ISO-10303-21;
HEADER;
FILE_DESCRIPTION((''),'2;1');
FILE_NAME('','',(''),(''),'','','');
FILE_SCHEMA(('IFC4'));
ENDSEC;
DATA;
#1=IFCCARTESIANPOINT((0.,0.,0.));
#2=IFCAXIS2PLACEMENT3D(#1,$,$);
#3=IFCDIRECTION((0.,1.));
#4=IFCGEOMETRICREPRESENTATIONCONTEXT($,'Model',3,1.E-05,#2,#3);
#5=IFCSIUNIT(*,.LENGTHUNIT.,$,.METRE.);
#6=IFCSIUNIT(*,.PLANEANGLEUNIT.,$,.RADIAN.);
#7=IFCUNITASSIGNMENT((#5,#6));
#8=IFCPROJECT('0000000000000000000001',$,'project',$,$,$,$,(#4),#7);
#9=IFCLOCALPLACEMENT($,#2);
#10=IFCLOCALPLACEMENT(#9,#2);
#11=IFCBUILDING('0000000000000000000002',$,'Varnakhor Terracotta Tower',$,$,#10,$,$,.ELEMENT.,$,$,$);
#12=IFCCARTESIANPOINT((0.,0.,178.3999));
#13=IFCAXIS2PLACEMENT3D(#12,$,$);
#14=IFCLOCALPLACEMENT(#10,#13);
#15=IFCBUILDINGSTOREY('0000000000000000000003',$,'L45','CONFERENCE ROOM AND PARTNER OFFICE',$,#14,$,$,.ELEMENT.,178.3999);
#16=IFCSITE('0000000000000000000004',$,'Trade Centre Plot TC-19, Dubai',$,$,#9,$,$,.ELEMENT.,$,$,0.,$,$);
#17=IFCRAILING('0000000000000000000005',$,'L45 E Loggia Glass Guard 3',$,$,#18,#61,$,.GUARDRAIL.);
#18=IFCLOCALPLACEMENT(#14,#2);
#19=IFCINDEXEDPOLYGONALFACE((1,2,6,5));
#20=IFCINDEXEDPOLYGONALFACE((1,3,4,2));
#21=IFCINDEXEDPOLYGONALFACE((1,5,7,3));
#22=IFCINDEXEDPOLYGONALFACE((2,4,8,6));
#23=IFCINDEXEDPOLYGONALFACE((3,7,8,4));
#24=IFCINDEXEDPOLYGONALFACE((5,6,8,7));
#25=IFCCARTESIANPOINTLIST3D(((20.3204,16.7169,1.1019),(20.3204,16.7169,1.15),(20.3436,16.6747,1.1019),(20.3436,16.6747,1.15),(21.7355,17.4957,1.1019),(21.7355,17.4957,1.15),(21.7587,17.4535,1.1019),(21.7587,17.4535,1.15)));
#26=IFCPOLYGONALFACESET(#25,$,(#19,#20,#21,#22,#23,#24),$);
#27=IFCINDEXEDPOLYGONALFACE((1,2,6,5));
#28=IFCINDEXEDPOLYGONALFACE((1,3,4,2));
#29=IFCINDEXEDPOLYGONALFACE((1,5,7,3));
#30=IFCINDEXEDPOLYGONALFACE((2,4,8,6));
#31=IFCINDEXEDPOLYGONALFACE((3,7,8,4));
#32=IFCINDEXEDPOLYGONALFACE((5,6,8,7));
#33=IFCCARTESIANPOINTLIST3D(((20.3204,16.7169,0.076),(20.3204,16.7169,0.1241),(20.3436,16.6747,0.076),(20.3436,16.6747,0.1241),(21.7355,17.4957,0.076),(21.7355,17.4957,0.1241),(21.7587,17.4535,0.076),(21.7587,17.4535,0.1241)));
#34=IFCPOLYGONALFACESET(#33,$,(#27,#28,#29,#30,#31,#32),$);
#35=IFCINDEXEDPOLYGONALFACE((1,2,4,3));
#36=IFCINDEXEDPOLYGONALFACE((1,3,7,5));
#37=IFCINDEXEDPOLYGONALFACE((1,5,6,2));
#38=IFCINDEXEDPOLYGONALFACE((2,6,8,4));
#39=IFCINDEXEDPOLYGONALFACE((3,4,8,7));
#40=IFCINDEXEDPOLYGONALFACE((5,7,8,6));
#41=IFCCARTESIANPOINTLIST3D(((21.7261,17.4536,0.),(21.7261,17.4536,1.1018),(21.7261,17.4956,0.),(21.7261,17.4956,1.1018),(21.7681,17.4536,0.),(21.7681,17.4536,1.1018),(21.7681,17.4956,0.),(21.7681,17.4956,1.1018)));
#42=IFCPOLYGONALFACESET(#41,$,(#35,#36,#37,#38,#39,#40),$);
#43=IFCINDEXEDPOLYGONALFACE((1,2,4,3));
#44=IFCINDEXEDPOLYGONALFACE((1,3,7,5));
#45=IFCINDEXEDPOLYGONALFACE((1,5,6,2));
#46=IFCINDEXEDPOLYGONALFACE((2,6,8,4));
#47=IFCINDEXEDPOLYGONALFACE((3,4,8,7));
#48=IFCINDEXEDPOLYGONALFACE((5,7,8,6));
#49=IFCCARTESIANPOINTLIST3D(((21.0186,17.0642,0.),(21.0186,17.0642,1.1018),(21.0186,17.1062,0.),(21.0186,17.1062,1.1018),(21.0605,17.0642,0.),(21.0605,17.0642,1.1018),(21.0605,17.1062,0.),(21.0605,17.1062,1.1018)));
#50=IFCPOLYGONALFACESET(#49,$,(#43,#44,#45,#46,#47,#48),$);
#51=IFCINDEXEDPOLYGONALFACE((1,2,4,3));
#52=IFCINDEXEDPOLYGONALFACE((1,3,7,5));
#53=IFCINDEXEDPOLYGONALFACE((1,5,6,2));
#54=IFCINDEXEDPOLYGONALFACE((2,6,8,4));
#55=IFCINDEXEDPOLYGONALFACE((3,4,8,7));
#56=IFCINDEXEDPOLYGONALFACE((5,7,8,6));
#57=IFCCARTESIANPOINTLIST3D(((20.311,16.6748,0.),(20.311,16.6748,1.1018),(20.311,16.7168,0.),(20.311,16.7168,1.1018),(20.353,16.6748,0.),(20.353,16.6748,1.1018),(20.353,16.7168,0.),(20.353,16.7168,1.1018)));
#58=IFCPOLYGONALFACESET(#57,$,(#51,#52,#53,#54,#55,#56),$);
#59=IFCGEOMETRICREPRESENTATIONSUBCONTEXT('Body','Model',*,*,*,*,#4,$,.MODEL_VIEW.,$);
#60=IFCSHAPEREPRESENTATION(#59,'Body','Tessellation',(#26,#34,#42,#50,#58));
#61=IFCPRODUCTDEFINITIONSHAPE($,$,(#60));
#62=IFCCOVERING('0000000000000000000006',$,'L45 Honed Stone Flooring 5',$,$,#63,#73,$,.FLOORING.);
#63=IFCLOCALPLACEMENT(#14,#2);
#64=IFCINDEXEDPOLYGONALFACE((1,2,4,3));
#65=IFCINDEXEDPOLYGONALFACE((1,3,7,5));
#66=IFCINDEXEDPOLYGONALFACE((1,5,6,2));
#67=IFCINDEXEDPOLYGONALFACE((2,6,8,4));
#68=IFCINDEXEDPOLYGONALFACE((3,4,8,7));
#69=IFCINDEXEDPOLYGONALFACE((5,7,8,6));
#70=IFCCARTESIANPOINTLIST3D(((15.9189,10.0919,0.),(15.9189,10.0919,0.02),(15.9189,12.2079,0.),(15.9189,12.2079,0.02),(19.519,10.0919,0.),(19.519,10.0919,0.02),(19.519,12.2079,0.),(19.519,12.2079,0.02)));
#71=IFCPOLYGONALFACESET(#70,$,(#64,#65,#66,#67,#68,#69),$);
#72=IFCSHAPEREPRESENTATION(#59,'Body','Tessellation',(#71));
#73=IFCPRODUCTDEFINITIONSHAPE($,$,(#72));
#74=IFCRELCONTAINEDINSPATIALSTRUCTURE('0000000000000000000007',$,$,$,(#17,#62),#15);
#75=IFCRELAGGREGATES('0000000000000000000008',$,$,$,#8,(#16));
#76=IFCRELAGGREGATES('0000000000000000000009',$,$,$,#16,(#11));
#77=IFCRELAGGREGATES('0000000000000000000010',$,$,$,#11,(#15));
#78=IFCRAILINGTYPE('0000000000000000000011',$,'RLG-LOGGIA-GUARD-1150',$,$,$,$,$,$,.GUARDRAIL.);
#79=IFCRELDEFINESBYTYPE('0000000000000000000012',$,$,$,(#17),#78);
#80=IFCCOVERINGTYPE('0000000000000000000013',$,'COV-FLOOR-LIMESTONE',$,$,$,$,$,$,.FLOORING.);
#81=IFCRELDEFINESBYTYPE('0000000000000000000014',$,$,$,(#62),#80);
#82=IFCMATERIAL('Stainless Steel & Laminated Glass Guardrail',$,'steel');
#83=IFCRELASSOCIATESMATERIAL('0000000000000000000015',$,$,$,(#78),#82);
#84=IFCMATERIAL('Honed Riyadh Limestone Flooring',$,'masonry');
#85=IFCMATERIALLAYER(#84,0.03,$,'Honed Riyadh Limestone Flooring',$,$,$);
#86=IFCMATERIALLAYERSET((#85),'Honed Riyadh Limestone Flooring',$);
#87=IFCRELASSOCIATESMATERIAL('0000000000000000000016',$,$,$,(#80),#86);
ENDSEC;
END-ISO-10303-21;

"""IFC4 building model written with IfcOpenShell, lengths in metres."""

from ifc_helpers import new_model, si_unit, direction, frame, origin, origin_2d, place, context, subcontext, project, spatial, rectangle, extrude, source, transform, mapped, material, layer, layer_set, type_object, element, save


model = new_model("IFC4")

# Units and contexts
model_context = context("Model", 3, precision=1e-05, world=origin(), true_north=direction((0.0, 1.0)))
body_context = subcontext(model_context, "Body", "Model", "MODEL_VIEW")
ifc_project = project(units=[si_unit("LENGTHUNIT", "METRE"), si_unit("PLANEANGLEUNIT", "RADIAN")], contexts=[model_context])

# Site, building, storey
site_placement = place(None, origin())
site = spatial("IfcSite", under=ifc_project, at=site_placement, Name="Trade Centre Plot TC-19, Dubai", CompositionType="ELEMENT", RefElevation=0.0)
building_placement = place(site_placement, origin())
building = spatial("IfcBuilding", under=site, at=building_placement, Name="Varnakhor Terracotta Tower", CompositionType="ELEMENT")
storey_placement = place(building_placement, frame((0.0, 0.0, 178.3999)))
storey = spatial("IfcBuildingStorey", under=building, at=storey_placement, Name="L45", Description="CONFERENCE ROOM AND PARTNER OFFICE", CompositionType="ELEMENT", Elevation=178.3999)

# Railing
ifc_material_1 = material(Name="Stainless Steel & Laminated Glass Guardrail", Category="steel")
railing_type = type_object("IfcRailingType", Name="RLG-LOGGIA-GUARD-1150", PredefinedType="GUARDRAIL", material=ifc_material_1)
railing_placement = place(storey_placement, frame((21.7471, 17.4746, 0.0)))
element("IfcRailing", 1, at=railing_placement, inside=storey, type_object=railing_type, Name="L45 E Loggia Glass Guard 3", PredefinedType="GUARDRAIL", context=body_context, shape_type="SweptSolid", body=[
    extrude(rectangle(XDim=0.0481, YDim=0.0481, at=origin_2d()), frame((0.0, 0.0, 1.126), z_axis=(-0.876075, -0.482174, 0.0), x_axis=(0.482174, -0.876075, 0.0)), (0.0, 0.0, 1.0), 1.6152),
    extrude(rectangle(XDim=0.0481, YDim=0.0481, at=origin_2d()), frame((0.0, 0.0, 0.1001), z_axis=(-0.876075, -0.482174, 0.0), x_axis=(0.482174, -0.876075, 0.0)), (0.0, 0.0, 1.0), 1.6152),
    extrude(rectangle(XDim=0.042, YDim=0.042, at=origin_2d()), origin(), (0.0, 0.0, 1.0), 1.1018),
    extrude(rectangle(XDim=0.042, YDim=0.042, at=origin_2d()), frame((-0.7075, -0.3894, 0.0)), (0.0, 0.0, 1.0), 1.1018),
    extrude(rectangle(XDim=0.042, YDim=0.042, at=origin_2d()), frame((-1.415, -0.7788, 0.0)), (0.0, 0.0, 1.0), 1.1018),
])

# Covering
ifc_material_2 = material(Name="Honed Riyadh Limestone Flooring", Category="masonry")
ifc_layer_1 = layer(ifc_material_2, 0.03, Name="Honed Riyadh Limestone Flooring")
ifc_layer_set_1 = layer_set([ifc_layer_1], Name="Honed Riyadh Limestone Flooring")
covering_type = type_object("IfcCoveringType", Name="COV-FLOOR-LIMESTONE", PredefinedType="FLOORING", material=ifc_layer_set_1)
shared_shape_1 = source(origin(), body_context, "Body", "SweptSolid", [
    extrude(rectangle(XDim=3.6001, YDim=2.116, at=origin_2d()), origin(), (0.0, 0.0, 1.0), 0.02),
])
covering_placement = place(storey_placement, frame((17.719, 11.1499, 0.0), z_axis=(0.0, 0.0, 1.0), x_axis=(1.0, 0.0, 0.0)))
element("IfcCovering", 2, at=covering_placement, inside=storey, type_object=covering_type, Name="L45 Honed Stone Flooring 5", PredefinedType="FLOORING", context=body_context, shape_type="MappedRepresentation", body=[
    mapped(shared_shape_1, transform((0.0, 0.0, 0.0), scale=1.0)),
])

save(model, "model.ifc")
